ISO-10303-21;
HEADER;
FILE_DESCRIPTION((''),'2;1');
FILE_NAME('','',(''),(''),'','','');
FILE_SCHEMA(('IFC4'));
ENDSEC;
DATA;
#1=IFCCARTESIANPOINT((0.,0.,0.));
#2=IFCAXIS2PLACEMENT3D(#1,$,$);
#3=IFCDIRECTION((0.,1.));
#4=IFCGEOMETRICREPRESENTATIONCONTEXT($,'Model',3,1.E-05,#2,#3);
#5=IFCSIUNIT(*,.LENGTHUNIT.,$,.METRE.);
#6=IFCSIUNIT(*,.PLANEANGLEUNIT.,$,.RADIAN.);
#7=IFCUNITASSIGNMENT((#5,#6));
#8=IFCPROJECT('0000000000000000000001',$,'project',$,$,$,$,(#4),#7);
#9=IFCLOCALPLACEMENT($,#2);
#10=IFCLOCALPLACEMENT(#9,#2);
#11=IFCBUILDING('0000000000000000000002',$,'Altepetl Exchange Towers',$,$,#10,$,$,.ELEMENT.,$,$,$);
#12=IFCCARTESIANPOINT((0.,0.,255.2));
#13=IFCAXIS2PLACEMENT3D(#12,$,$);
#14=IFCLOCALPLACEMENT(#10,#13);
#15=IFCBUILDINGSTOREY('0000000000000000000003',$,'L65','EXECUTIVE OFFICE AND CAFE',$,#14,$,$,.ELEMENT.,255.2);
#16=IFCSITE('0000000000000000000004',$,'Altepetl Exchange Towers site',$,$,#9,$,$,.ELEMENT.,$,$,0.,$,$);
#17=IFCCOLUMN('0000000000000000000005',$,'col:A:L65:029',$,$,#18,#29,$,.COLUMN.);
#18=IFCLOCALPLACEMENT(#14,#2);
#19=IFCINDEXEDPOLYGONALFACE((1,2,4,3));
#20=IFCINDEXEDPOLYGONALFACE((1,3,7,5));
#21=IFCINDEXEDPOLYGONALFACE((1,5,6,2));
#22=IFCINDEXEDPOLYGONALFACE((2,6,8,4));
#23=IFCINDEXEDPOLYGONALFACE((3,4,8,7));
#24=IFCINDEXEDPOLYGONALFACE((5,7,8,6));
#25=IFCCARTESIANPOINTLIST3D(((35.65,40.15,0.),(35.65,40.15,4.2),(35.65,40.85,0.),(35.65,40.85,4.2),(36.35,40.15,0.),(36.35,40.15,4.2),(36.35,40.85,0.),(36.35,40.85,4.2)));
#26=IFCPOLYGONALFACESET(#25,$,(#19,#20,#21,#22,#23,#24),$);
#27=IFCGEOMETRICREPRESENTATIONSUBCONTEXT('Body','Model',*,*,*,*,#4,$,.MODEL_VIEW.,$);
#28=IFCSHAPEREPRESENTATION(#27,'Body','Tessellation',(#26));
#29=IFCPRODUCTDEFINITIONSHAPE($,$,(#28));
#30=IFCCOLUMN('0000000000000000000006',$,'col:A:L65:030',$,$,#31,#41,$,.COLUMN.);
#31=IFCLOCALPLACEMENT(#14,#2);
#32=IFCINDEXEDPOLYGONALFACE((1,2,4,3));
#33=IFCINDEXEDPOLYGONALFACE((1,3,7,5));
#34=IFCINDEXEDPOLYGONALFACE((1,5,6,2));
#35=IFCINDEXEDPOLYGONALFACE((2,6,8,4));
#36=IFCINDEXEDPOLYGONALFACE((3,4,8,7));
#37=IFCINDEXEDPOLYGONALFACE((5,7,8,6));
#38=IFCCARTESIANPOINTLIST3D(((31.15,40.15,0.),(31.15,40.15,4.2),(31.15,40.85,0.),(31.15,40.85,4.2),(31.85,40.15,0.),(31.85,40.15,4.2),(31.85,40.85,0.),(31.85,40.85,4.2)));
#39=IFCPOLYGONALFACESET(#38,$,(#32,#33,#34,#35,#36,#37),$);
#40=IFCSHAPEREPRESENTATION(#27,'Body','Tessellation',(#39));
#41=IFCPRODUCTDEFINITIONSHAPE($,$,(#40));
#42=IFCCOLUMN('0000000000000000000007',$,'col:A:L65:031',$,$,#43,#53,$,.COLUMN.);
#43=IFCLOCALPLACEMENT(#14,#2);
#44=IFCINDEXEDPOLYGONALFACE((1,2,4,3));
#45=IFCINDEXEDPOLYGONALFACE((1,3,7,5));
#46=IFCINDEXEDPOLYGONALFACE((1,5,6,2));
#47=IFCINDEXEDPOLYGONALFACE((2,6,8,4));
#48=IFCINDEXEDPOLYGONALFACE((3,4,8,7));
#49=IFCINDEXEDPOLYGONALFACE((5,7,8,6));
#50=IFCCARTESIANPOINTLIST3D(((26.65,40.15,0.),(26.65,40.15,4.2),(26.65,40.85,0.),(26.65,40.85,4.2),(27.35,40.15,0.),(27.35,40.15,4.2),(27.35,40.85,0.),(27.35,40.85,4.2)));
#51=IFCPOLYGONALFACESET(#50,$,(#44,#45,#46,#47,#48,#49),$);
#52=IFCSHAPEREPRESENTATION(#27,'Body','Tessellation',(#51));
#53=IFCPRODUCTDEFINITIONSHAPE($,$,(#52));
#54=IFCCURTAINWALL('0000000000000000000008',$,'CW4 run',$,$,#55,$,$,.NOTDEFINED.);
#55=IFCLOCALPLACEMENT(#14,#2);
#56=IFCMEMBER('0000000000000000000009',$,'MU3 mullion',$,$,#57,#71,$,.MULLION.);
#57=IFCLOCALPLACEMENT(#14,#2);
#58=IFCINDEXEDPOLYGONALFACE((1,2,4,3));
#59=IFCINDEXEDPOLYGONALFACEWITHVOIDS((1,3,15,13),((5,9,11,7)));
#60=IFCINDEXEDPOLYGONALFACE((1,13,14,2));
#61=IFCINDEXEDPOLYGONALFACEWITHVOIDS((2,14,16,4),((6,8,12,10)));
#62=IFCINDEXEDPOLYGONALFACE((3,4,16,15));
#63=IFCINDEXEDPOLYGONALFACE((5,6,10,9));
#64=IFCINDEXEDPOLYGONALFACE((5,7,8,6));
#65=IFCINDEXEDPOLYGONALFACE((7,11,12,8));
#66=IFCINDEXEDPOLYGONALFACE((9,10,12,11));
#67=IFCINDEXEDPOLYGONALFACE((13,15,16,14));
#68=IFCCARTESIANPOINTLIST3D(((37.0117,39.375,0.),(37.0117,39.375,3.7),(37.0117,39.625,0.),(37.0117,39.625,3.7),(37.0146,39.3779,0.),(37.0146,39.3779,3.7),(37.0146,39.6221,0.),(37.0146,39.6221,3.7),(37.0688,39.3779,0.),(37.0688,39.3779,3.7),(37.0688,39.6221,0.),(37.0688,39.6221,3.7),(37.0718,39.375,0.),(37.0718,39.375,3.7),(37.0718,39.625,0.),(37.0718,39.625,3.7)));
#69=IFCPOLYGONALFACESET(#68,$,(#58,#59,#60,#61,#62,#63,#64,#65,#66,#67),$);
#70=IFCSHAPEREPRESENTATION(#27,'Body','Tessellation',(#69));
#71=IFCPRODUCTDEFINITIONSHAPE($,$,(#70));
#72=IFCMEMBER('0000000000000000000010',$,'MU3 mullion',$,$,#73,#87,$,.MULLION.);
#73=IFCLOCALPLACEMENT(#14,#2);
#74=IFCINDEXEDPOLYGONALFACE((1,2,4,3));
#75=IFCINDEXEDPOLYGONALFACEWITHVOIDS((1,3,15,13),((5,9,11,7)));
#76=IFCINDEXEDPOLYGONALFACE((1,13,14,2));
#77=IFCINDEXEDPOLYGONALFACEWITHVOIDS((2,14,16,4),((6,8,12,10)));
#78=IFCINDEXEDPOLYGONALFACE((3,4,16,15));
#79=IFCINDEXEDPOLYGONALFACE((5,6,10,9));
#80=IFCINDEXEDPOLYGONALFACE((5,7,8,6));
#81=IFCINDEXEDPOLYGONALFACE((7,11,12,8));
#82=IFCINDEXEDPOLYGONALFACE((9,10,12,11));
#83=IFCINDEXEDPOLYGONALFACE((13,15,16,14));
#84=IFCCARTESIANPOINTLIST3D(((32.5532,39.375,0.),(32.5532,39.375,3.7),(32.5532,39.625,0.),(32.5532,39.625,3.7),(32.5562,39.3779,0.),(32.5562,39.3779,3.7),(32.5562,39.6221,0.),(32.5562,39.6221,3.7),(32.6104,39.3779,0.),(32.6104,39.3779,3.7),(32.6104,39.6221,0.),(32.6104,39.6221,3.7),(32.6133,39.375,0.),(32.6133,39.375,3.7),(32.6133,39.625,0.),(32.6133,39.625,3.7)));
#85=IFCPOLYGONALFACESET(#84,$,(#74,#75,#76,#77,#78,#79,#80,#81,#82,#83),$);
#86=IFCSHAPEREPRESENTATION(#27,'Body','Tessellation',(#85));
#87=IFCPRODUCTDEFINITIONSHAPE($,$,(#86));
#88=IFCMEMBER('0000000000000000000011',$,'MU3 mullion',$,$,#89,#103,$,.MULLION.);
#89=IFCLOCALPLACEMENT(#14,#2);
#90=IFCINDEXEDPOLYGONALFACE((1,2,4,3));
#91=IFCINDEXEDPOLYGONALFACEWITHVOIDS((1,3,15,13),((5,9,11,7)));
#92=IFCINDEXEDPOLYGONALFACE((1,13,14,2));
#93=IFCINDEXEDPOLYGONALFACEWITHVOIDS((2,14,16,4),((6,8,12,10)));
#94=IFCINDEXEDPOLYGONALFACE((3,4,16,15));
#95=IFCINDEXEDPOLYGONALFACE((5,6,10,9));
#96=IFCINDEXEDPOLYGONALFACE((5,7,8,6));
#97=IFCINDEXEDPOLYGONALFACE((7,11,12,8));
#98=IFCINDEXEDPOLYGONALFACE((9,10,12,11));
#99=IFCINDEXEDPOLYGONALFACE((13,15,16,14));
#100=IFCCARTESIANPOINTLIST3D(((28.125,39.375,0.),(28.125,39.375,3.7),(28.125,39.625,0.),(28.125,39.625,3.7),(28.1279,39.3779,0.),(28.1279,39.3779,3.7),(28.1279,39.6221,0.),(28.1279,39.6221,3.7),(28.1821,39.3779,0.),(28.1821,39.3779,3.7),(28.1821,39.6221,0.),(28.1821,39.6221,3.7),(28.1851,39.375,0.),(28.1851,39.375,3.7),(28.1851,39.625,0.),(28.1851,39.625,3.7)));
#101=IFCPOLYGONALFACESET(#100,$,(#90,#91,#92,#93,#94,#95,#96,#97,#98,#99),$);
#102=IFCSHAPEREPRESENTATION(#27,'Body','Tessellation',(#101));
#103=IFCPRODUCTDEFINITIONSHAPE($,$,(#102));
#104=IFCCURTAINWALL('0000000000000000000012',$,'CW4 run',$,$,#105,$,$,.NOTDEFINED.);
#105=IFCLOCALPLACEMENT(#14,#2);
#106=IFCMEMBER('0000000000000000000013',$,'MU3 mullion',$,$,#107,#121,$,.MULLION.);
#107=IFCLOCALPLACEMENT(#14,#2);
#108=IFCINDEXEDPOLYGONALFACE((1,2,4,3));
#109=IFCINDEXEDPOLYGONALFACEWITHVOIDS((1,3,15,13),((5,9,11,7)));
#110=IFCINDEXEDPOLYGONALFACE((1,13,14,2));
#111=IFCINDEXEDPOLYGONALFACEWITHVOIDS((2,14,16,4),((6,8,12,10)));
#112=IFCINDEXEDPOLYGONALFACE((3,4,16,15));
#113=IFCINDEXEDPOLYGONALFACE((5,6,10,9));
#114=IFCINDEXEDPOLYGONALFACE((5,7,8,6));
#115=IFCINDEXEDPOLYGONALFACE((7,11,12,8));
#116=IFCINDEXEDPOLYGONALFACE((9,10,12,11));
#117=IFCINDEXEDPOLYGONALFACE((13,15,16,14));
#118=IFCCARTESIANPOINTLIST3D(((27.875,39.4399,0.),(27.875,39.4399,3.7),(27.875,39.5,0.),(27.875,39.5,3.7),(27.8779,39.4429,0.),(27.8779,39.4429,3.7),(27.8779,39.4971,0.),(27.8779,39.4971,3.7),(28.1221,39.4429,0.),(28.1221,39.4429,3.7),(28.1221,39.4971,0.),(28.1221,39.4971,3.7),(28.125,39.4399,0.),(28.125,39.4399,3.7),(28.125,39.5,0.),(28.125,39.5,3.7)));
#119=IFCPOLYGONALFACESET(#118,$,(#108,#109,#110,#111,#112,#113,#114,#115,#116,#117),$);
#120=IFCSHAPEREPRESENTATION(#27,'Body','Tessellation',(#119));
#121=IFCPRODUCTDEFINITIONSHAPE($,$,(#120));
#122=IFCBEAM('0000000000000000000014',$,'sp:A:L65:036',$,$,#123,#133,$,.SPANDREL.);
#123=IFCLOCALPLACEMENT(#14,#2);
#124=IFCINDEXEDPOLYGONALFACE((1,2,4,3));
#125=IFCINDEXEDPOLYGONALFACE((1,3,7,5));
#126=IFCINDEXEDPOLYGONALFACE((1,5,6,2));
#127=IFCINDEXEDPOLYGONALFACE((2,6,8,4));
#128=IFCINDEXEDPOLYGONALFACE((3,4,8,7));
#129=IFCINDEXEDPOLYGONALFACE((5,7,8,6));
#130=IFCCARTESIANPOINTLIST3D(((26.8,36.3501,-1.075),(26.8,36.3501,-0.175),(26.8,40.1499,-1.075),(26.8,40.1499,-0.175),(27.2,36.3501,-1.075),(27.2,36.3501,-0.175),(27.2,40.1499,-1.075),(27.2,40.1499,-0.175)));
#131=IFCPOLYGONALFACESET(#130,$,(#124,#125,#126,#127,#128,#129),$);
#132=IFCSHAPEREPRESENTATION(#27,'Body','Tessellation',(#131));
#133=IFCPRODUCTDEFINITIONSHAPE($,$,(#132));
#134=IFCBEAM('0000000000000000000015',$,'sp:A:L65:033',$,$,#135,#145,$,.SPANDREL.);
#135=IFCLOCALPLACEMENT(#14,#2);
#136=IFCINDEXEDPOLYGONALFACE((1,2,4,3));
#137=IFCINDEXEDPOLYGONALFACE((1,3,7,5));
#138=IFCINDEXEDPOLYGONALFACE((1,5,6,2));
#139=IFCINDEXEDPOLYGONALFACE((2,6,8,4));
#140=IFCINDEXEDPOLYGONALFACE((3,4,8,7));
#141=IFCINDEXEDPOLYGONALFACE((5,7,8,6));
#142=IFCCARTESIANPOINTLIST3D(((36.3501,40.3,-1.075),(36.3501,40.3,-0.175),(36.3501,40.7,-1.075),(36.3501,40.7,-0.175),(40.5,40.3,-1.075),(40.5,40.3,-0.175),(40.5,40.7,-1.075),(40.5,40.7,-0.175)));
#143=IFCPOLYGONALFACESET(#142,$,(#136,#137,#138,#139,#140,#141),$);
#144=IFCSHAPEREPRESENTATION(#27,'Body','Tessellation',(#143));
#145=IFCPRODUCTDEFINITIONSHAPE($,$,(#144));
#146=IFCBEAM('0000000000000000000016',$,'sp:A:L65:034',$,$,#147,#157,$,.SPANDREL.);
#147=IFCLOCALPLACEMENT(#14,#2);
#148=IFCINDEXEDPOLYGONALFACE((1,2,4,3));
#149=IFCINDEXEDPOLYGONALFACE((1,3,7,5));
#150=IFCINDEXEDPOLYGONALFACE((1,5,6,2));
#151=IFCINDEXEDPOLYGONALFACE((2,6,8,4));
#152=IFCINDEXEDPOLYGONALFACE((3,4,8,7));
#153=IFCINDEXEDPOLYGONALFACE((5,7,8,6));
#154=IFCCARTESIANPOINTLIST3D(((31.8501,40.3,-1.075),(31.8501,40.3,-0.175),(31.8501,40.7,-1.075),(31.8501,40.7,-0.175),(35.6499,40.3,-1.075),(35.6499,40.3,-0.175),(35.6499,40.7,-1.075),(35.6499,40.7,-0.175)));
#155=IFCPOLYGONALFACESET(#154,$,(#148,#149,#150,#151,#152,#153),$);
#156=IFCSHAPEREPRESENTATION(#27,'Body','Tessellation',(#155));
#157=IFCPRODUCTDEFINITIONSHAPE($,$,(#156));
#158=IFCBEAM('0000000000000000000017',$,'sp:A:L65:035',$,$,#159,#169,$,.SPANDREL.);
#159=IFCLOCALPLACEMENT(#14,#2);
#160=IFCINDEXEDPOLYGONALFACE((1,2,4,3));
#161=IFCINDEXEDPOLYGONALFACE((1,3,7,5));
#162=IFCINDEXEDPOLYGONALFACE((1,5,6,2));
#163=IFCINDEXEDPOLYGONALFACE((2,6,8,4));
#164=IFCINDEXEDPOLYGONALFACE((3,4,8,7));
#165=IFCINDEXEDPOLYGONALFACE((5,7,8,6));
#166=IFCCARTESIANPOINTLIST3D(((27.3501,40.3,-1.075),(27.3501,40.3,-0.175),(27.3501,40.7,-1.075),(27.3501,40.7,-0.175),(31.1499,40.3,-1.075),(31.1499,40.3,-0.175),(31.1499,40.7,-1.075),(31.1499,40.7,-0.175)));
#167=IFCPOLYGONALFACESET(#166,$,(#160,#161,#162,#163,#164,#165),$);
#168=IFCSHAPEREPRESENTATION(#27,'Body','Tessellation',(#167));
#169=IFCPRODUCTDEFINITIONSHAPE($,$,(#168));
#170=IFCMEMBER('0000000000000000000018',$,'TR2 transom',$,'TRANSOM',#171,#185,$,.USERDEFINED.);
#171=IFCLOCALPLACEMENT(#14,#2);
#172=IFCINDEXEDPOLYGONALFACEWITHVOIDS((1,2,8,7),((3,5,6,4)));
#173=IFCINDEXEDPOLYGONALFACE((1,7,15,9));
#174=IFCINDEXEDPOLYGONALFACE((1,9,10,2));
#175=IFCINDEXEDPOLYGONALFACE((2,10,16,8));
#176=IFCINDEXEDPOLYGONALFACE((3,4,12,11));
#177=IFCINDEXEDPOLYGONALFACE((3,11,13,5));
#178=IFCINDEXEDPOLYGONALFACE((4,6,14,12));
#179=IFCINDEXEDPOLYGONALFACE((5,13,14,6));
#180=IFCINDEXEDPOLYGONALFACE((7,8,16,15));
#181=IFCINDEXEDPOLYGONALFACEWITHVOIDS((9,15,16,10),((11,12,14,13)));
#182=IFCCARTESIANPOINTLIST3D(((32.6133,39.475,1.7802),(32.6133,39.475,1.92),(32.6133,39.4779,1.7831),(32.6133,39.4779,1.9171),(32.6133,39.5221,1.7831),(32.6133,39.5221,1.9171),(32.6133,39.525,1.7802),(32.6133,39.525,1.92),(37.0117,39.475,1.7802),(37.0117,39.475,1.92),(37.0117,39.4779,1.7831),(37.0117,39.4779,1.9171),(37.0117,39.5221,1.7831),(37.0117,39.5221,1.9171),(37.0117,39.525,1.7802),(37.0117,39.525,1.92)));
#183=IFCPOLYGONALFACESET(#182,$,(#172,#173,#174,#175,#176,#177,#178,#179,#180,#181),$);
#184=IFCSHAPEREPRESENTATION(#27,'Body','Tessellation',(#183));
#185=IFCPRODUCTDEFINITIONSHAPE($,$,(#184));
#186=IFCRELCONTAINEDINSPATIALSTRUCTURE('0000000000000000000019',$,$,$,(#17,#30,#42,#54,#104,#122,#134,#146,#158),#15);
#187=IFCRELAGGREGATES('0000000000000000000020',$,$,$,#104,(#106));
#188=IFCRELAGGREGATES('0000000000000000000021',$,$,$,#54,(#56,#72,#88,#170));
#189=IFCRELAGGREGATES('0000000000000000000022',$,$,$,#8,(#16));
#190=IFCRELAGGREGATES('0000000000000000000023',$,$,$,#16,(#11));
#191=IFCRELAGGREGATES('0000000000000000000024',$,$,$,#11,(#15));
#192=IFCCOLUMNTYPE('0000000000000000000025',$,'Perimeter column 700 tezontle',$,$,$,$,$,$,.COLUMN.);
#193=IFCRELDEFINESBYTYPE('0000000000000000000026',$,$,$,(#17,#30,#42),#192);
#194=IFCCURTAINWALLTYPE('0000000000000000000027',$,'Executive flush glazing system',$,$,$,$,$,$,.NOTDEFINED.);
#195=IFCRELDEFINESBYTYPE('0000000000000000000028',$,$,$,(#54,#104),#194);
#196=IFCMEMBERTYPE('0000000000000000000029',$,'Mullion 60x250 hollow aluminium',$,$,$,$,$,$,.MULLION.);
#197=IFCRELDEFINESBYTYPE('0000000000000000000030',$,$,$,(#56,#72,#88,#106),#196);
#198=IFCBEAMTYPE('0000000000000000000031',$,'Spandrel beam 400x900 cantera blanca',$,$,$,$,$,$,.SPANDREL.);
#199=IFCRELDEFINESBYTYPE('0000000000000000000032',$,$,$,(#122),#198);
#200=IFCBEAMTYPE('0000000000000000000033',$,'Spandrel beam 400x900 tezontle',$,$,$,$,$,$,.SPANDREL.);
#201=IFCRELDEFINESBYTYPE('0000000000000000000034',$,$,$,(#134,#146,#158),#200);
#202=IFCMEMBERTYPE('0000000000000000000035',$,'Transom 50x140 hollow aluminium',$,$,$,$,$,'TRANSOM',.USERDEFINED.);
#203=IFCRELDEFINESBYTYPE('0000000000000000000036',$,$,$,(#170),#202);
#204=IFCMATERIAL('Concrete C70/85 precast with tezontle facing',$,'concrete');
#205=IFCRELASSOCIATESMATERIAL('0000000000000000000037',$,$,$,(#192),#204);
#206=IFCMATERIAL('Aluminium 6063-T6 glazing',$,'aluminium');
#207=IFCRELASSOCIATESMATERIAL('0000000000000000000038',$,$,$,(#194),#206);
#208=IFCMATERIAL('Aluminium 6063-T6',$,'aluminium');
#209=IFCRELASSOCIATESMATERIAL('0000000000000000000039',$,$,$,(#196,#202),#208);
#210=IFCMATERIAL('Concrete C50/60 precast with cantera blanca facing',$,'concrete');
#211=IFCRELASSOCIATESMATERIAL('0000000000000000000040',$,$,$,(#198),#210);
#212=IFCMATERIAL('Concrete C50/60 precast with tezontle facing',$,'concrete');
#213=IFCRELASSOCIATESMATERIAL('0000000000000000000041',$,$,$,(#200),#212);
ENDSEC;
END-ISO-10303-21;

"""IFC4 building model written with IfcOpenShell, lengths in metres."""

from ifc_helpers import new_model, si_unit, direction, frame, origin, origin_2d, place, context, subcontext, project, spatial, rectangle, hollow_rectangle, extrude, material, material_profile, profile_set, type_object, element, aggregate, save


model = new_model("IFC4")

# Units and contexts
model_context = context("Model", 3, precision=1e-05, world=origin(), true_north=direction((0.0, 1.0)))
body_context = subcontext(model_context, "Body", "Model", "MODEL_VIEW")
ifc_project = project(units=[si_unit("LENGTHUNIT", "METRE"), si_unit("PLANEANGLEUNIT", "RADIAN")], contexts=[model_context])

# Site, building, storey
site_placement = place(None, origin())
site = spatial("IfcSite", under=ifc_project, at=site_placement, Name="Altepetl Exchange Towers site", CompositionType="ELEMENT", RefElevation=0.0)
building_placement = place(site_placement, origin())
building = spatial("IfcBuilding", under=site, at=building_placement, Name="Altepetl Exchange Towers", CompositionType="ELEMENT")
storey_placement = place(building_placement, frame((0.0, 0.0, 255.2)))
storey = spatial("IfcBuildingStorey", under=building, at=storey_placement, Name="L65", Description="EXECUTIVE OFFICE AND CAFE", CompositionType="ELEMENT", Elevation=255.2)

# Columns
ifc_material_1 = material(Name="Concrete C70/85 precast with tezontle facing", Category="concrete")
ifc_material_profile_1 = material_profile(ifc_material_1, rectangle(XDim=0.7, YDim=0.7, at=origin_2d()), Name="700 x 700")
ifc_profile_set_1 = profile_set([ifc_material_profile_1], Name="Concrete C70/85 precast with tezontle facing")
column_type = type_object("IfcColumnType", Name="Perimeter column 700 tezontle", PredefinedType="COLUMN", material=ifc_profile_set_1)
for number, where, name in (
    (1, (36.0, 40.5, 0.0), "col:A:L65:029"),
    (2, (31.5, 40.5, 0.0), "col:A:L65:030"),
    (3, (27.0, 40.5, 0.0), "col:A:L65:031"),
):
    element("IfcColumn", number, at=place(storey_placement, frame(where)), inside=storey, type_object=column_type, Name=name, PredefinedType="COLUMN", context=body_context, shape_type="SweptSolid", body=[
        extrude(rectangle(XDim=0.7, YDim=0.7, at=origin_2d()), origin(), (0.0, 0.0, 1.0), 4.2),
    ])

# Curtain wall, members
ifc_material_2 = material(Name="Aluminium 6063-T6 glazing", Category="aluminium")
curtain_wall_type = type_object("IfcCurtainWallType", Name="Executive flush glazing system", PredefinedType="NOTDEFINED", material=ifc_material_2)
curtain_wall_1_placement = place(storey_placement, origin())
curtain_wall_1 = element("IfcCurtainWall", 4, at=curtain_wall_1_placement, inside=storey, type_object=curtain_wall_type, Name="CW4 run", PredefinedType="NOTDEFINED")
ifc_material_3 = material(Name="Aluminium 6063-T6", Category="aluminium")
ifc_material_profile_2 = material_profile(ifc_material_3, hollow_rectangle(XDim=0.0601, YDim=0.25, WallThickness=0.0029, at=origin_2d()), Name="Mullion 60x250 hollow aluminium")
ifc_profile_set_2 = profile_set([ifc_material_profile_2], Name="Aluminium 6063-T6")
member_type_1 = type_object("IfcMemberType", Name="Mullion 60x250 hollow aluminium", PredefinedType="MULLION", material=ifc_profile_set_2)
member_1_placement = place(storey_placement, frame((37.0417, 39.5, 0.0), z_axis=(0.0, 0.0, 1.0), x_axis=(-1.0, 0.0, 0.0)))
member_1 = element("IfcMember", 5, at=member_1_placement, type_object=member_type_1, Name="MU3 mullion", PredefinedType="MULLION", context=body_context, shape_type="SweptSolid", body=[
    extrude(hollow_rectangle(XDim=0.0601, YDim=0.25, WallThickness=0.0029, at=origin_2d()), origin(), (0.0, 0.0, 1.0), 3.7),
])
member_2_placement = place(storey_placement, frame((32.5833, 39.5, 0.0), z_axis=(0.0, 0.0, 1.0), x_axis=(-1.0, 0.0, 0.0)))
member_2 = element("IfcMember", 6, at=member_2_placement, type_object=member_type_1, Name="MU3 mullion", PredefinedType="MULLION", context=body_context, shape_type="SweptSolid", body=[
    extrude(hollow_rectangle(XDim=0.0601, YDim=0.25, WallThickness=0.0029, at=origin_2d()), origin(), (0.0, 0.0, 1.0), 3.7),
])
member_3_placement = place(storey_placement, frame((28.155, 39.5, 0.0), z_axis=(0.0, 0.0, 1.0), x_axis=(-1.0, 0.0, 0.0)))
member_3 = element("IfcMember", 7, at=member_3_placement, type_object=member_type_1, Name="MU3 mullion", PredefinedType="MULLION", context=body_context, shape_type="SweptSolid", body=[
    extrude(hollow_rectangle(XDim=0.0601, YDim=0.25, WallThickness=0.0029, at=origin_2d()), origin(), (0.0, 0.0, 1.0), 3.7),
])

# Curtain wall, member
curtain_wall_2_placement = place(storey_placement, origin())
curtain_wall_2 = element("IfcCurtainWall", 8, at=curtain_wall_2_placement, inside=storey, type_object=curtain_wall_type, Name="CW4 run", PredefinedType="NOTDEFINED")
member_4_placement = place(storey_placement, frame((28.0, 39.47, 0.0), z_axis=(0.0, 0.0, 1.0), x_axis=(0.0, -1.0, 0.0)))
member_4 = element("IfcMember", 9, at=member_4_placement, type_object=member_type_1, Name="MU3 mullion", PredefinedType="MULLION", context=body_context, shape_type="SweptSolid", body=[
    extrude(hollow_rectangle(XDim=0.0601, YDim=0.25, WallThickness=0.0029, at=origin_2d()), origin(), (0.0, 0.0, 1.0), 3.7),
])
aggregate(curtain_wall_2, [member_4])

# Beams
ifc_material_4 = material(Name="Concrete C50/60 precast with cantera blanca facing", Category="concrete")
ifc_material_profile_3 = material_profile(ifc_material_4, rectangle(XDim=0.3999, YDim=0.8999, at=origin_2d()), Name="400 x 900")
ifc_profile_set_3 = profile_set([ifc_material_profile_3], Name="Concrete C50/60 precast with cantera blanca facing")
beam_type_1 = type_object("IfcBeamType", Name="Spandrel beam 400x900 cantera blanca", PredefinedType="SPANDREL", material=ifc_profile_set_3)
beam_1_placement = place(storey_placement, frame((27.0, 40.1499, -0.625), z_axis=(0.0, -1.0, 0.0), x_axis=(1.0, 0.0, 0.0)))
element("IfcBeam", 10, at=beam_1_placement, inside=storey, type_object=beam_type_1, Name="sp:A:L65:036", PredefinedType="SPANDREL", context=body_context, shape_type="SweptSolid", body=[
    extrude(rectangle(XDim=0.3999, YDim=0.8999, at=origin_2d()), origin(), (0.0, 0.0, 1.0), 3.7998),
])
ifc_material_5 = material(Name="Concrete C50/60 precast with tezontle facing", Category="concrete")
ifc_material_profile_4 = material_profile(ifc_material_5, rectangle(XDim=0.3999, YDim=0.8999, at=origin_2d()), Name="400 x 900")
ifc_profile_set_4 = profile_set([ifc_material_profile_4], Name="Concrete C50/60 precast with tezontle facing")
beam_type_2 = type_object("IfcBeamType", Name="Spandrel beam 400x900 tezontle", PredefinedType="SPANDREL", material=ifc_profile_set_4)
beam_2_placement = place(storey_placement, frame((40.5, 40.5, -0.625), z_axis=(-1.0, 0.0, 0.0), x_axis=(0.0, -1.0, 0.0)))
element("IfcBeam", 11, at=beam_2_placement, inside=storey, type_object=beam_type_2, Name="sp:A:L65:033", PredefinedType="SPANDREL", context=body_context, shape_type="SweptSolid", body=[
    extrude(rectangle(XDim=0.3999, YDim=0.8999, at=origin_2d()), origin(), (0.0, 0.0, 1.0), 4.1499),
])
for number, where, z_axis, x_axis, name in (
    (12, (35.6499, 40.5, -0.625), (-1.0, 0.0, 0.0), (0.0, -1.0, 0.0), "sp:A:L65:034"),
    (13, (31.1499, 40.5, -0.625), (-1.0, 0.0, 0.0), (0.0, -1.0, 0.0), "sp:A:L65:035"),
):
    element("IfcBeam", number, at=place(storey_placement, frame(where, z_axis=z_axis, x_axis=x_axis)), inside=storey, type_object=beam_type_2, Name=name, PredefinedType="SPANDREL", context=body_context, shape_type="SweptSolid", body=[
        extrude(rectangle(XDim=0.3999, YDim=0.8999, at=origin_2d()), origin(), (0.0, 0.0, 1.0), 3.7998),
    ])

# Member
ifc_material_profile_5 = material_profile(ifc_material_3, hollow_rectangle(XDim=0.05, YDim=0.1399, WallThickness=0.0029, at=origin_2d()), Name="Transom 50x140 hollow aluminium")
ifc_profile_set_5 = profile_set([ifc_material_profile_5], Name="Aluminium 6063-T6")
member_type_2 = type_object("IfcMemberType", Name="Transom 50x140 hollow aluminium", ElementType="TRANSOM", PredefinedType="USERDEFINED", material=ifc_profile_set_5)
member_5_placement = place(storey_placement, frame((37.0117, 39.5, 1.8501), z_axis=(-1.0, 0.0, 0.0), x_axis=(0.0, -1.0, 0.0)))
member_5 = element("IfcMember", 14, at=member_5_placement, type_object=member_type_2, Name="TR2 transom", ObjectType="TRANSOM", PredefinedType="USERDEFINED", context=body_context, shape_type="SweptSolid", body=[
    extrude(hollow_rectangle(XDim=0.05, YDim=0.1399, WallThickness=0.0029, at=origin_2d()), origin(), (0.0, 0.0, 1.0), 4.3984),
])

aggregate(curtain_wall_1, [member_1, member_2, member_3, member_5])

save(model, "model.ifc")
